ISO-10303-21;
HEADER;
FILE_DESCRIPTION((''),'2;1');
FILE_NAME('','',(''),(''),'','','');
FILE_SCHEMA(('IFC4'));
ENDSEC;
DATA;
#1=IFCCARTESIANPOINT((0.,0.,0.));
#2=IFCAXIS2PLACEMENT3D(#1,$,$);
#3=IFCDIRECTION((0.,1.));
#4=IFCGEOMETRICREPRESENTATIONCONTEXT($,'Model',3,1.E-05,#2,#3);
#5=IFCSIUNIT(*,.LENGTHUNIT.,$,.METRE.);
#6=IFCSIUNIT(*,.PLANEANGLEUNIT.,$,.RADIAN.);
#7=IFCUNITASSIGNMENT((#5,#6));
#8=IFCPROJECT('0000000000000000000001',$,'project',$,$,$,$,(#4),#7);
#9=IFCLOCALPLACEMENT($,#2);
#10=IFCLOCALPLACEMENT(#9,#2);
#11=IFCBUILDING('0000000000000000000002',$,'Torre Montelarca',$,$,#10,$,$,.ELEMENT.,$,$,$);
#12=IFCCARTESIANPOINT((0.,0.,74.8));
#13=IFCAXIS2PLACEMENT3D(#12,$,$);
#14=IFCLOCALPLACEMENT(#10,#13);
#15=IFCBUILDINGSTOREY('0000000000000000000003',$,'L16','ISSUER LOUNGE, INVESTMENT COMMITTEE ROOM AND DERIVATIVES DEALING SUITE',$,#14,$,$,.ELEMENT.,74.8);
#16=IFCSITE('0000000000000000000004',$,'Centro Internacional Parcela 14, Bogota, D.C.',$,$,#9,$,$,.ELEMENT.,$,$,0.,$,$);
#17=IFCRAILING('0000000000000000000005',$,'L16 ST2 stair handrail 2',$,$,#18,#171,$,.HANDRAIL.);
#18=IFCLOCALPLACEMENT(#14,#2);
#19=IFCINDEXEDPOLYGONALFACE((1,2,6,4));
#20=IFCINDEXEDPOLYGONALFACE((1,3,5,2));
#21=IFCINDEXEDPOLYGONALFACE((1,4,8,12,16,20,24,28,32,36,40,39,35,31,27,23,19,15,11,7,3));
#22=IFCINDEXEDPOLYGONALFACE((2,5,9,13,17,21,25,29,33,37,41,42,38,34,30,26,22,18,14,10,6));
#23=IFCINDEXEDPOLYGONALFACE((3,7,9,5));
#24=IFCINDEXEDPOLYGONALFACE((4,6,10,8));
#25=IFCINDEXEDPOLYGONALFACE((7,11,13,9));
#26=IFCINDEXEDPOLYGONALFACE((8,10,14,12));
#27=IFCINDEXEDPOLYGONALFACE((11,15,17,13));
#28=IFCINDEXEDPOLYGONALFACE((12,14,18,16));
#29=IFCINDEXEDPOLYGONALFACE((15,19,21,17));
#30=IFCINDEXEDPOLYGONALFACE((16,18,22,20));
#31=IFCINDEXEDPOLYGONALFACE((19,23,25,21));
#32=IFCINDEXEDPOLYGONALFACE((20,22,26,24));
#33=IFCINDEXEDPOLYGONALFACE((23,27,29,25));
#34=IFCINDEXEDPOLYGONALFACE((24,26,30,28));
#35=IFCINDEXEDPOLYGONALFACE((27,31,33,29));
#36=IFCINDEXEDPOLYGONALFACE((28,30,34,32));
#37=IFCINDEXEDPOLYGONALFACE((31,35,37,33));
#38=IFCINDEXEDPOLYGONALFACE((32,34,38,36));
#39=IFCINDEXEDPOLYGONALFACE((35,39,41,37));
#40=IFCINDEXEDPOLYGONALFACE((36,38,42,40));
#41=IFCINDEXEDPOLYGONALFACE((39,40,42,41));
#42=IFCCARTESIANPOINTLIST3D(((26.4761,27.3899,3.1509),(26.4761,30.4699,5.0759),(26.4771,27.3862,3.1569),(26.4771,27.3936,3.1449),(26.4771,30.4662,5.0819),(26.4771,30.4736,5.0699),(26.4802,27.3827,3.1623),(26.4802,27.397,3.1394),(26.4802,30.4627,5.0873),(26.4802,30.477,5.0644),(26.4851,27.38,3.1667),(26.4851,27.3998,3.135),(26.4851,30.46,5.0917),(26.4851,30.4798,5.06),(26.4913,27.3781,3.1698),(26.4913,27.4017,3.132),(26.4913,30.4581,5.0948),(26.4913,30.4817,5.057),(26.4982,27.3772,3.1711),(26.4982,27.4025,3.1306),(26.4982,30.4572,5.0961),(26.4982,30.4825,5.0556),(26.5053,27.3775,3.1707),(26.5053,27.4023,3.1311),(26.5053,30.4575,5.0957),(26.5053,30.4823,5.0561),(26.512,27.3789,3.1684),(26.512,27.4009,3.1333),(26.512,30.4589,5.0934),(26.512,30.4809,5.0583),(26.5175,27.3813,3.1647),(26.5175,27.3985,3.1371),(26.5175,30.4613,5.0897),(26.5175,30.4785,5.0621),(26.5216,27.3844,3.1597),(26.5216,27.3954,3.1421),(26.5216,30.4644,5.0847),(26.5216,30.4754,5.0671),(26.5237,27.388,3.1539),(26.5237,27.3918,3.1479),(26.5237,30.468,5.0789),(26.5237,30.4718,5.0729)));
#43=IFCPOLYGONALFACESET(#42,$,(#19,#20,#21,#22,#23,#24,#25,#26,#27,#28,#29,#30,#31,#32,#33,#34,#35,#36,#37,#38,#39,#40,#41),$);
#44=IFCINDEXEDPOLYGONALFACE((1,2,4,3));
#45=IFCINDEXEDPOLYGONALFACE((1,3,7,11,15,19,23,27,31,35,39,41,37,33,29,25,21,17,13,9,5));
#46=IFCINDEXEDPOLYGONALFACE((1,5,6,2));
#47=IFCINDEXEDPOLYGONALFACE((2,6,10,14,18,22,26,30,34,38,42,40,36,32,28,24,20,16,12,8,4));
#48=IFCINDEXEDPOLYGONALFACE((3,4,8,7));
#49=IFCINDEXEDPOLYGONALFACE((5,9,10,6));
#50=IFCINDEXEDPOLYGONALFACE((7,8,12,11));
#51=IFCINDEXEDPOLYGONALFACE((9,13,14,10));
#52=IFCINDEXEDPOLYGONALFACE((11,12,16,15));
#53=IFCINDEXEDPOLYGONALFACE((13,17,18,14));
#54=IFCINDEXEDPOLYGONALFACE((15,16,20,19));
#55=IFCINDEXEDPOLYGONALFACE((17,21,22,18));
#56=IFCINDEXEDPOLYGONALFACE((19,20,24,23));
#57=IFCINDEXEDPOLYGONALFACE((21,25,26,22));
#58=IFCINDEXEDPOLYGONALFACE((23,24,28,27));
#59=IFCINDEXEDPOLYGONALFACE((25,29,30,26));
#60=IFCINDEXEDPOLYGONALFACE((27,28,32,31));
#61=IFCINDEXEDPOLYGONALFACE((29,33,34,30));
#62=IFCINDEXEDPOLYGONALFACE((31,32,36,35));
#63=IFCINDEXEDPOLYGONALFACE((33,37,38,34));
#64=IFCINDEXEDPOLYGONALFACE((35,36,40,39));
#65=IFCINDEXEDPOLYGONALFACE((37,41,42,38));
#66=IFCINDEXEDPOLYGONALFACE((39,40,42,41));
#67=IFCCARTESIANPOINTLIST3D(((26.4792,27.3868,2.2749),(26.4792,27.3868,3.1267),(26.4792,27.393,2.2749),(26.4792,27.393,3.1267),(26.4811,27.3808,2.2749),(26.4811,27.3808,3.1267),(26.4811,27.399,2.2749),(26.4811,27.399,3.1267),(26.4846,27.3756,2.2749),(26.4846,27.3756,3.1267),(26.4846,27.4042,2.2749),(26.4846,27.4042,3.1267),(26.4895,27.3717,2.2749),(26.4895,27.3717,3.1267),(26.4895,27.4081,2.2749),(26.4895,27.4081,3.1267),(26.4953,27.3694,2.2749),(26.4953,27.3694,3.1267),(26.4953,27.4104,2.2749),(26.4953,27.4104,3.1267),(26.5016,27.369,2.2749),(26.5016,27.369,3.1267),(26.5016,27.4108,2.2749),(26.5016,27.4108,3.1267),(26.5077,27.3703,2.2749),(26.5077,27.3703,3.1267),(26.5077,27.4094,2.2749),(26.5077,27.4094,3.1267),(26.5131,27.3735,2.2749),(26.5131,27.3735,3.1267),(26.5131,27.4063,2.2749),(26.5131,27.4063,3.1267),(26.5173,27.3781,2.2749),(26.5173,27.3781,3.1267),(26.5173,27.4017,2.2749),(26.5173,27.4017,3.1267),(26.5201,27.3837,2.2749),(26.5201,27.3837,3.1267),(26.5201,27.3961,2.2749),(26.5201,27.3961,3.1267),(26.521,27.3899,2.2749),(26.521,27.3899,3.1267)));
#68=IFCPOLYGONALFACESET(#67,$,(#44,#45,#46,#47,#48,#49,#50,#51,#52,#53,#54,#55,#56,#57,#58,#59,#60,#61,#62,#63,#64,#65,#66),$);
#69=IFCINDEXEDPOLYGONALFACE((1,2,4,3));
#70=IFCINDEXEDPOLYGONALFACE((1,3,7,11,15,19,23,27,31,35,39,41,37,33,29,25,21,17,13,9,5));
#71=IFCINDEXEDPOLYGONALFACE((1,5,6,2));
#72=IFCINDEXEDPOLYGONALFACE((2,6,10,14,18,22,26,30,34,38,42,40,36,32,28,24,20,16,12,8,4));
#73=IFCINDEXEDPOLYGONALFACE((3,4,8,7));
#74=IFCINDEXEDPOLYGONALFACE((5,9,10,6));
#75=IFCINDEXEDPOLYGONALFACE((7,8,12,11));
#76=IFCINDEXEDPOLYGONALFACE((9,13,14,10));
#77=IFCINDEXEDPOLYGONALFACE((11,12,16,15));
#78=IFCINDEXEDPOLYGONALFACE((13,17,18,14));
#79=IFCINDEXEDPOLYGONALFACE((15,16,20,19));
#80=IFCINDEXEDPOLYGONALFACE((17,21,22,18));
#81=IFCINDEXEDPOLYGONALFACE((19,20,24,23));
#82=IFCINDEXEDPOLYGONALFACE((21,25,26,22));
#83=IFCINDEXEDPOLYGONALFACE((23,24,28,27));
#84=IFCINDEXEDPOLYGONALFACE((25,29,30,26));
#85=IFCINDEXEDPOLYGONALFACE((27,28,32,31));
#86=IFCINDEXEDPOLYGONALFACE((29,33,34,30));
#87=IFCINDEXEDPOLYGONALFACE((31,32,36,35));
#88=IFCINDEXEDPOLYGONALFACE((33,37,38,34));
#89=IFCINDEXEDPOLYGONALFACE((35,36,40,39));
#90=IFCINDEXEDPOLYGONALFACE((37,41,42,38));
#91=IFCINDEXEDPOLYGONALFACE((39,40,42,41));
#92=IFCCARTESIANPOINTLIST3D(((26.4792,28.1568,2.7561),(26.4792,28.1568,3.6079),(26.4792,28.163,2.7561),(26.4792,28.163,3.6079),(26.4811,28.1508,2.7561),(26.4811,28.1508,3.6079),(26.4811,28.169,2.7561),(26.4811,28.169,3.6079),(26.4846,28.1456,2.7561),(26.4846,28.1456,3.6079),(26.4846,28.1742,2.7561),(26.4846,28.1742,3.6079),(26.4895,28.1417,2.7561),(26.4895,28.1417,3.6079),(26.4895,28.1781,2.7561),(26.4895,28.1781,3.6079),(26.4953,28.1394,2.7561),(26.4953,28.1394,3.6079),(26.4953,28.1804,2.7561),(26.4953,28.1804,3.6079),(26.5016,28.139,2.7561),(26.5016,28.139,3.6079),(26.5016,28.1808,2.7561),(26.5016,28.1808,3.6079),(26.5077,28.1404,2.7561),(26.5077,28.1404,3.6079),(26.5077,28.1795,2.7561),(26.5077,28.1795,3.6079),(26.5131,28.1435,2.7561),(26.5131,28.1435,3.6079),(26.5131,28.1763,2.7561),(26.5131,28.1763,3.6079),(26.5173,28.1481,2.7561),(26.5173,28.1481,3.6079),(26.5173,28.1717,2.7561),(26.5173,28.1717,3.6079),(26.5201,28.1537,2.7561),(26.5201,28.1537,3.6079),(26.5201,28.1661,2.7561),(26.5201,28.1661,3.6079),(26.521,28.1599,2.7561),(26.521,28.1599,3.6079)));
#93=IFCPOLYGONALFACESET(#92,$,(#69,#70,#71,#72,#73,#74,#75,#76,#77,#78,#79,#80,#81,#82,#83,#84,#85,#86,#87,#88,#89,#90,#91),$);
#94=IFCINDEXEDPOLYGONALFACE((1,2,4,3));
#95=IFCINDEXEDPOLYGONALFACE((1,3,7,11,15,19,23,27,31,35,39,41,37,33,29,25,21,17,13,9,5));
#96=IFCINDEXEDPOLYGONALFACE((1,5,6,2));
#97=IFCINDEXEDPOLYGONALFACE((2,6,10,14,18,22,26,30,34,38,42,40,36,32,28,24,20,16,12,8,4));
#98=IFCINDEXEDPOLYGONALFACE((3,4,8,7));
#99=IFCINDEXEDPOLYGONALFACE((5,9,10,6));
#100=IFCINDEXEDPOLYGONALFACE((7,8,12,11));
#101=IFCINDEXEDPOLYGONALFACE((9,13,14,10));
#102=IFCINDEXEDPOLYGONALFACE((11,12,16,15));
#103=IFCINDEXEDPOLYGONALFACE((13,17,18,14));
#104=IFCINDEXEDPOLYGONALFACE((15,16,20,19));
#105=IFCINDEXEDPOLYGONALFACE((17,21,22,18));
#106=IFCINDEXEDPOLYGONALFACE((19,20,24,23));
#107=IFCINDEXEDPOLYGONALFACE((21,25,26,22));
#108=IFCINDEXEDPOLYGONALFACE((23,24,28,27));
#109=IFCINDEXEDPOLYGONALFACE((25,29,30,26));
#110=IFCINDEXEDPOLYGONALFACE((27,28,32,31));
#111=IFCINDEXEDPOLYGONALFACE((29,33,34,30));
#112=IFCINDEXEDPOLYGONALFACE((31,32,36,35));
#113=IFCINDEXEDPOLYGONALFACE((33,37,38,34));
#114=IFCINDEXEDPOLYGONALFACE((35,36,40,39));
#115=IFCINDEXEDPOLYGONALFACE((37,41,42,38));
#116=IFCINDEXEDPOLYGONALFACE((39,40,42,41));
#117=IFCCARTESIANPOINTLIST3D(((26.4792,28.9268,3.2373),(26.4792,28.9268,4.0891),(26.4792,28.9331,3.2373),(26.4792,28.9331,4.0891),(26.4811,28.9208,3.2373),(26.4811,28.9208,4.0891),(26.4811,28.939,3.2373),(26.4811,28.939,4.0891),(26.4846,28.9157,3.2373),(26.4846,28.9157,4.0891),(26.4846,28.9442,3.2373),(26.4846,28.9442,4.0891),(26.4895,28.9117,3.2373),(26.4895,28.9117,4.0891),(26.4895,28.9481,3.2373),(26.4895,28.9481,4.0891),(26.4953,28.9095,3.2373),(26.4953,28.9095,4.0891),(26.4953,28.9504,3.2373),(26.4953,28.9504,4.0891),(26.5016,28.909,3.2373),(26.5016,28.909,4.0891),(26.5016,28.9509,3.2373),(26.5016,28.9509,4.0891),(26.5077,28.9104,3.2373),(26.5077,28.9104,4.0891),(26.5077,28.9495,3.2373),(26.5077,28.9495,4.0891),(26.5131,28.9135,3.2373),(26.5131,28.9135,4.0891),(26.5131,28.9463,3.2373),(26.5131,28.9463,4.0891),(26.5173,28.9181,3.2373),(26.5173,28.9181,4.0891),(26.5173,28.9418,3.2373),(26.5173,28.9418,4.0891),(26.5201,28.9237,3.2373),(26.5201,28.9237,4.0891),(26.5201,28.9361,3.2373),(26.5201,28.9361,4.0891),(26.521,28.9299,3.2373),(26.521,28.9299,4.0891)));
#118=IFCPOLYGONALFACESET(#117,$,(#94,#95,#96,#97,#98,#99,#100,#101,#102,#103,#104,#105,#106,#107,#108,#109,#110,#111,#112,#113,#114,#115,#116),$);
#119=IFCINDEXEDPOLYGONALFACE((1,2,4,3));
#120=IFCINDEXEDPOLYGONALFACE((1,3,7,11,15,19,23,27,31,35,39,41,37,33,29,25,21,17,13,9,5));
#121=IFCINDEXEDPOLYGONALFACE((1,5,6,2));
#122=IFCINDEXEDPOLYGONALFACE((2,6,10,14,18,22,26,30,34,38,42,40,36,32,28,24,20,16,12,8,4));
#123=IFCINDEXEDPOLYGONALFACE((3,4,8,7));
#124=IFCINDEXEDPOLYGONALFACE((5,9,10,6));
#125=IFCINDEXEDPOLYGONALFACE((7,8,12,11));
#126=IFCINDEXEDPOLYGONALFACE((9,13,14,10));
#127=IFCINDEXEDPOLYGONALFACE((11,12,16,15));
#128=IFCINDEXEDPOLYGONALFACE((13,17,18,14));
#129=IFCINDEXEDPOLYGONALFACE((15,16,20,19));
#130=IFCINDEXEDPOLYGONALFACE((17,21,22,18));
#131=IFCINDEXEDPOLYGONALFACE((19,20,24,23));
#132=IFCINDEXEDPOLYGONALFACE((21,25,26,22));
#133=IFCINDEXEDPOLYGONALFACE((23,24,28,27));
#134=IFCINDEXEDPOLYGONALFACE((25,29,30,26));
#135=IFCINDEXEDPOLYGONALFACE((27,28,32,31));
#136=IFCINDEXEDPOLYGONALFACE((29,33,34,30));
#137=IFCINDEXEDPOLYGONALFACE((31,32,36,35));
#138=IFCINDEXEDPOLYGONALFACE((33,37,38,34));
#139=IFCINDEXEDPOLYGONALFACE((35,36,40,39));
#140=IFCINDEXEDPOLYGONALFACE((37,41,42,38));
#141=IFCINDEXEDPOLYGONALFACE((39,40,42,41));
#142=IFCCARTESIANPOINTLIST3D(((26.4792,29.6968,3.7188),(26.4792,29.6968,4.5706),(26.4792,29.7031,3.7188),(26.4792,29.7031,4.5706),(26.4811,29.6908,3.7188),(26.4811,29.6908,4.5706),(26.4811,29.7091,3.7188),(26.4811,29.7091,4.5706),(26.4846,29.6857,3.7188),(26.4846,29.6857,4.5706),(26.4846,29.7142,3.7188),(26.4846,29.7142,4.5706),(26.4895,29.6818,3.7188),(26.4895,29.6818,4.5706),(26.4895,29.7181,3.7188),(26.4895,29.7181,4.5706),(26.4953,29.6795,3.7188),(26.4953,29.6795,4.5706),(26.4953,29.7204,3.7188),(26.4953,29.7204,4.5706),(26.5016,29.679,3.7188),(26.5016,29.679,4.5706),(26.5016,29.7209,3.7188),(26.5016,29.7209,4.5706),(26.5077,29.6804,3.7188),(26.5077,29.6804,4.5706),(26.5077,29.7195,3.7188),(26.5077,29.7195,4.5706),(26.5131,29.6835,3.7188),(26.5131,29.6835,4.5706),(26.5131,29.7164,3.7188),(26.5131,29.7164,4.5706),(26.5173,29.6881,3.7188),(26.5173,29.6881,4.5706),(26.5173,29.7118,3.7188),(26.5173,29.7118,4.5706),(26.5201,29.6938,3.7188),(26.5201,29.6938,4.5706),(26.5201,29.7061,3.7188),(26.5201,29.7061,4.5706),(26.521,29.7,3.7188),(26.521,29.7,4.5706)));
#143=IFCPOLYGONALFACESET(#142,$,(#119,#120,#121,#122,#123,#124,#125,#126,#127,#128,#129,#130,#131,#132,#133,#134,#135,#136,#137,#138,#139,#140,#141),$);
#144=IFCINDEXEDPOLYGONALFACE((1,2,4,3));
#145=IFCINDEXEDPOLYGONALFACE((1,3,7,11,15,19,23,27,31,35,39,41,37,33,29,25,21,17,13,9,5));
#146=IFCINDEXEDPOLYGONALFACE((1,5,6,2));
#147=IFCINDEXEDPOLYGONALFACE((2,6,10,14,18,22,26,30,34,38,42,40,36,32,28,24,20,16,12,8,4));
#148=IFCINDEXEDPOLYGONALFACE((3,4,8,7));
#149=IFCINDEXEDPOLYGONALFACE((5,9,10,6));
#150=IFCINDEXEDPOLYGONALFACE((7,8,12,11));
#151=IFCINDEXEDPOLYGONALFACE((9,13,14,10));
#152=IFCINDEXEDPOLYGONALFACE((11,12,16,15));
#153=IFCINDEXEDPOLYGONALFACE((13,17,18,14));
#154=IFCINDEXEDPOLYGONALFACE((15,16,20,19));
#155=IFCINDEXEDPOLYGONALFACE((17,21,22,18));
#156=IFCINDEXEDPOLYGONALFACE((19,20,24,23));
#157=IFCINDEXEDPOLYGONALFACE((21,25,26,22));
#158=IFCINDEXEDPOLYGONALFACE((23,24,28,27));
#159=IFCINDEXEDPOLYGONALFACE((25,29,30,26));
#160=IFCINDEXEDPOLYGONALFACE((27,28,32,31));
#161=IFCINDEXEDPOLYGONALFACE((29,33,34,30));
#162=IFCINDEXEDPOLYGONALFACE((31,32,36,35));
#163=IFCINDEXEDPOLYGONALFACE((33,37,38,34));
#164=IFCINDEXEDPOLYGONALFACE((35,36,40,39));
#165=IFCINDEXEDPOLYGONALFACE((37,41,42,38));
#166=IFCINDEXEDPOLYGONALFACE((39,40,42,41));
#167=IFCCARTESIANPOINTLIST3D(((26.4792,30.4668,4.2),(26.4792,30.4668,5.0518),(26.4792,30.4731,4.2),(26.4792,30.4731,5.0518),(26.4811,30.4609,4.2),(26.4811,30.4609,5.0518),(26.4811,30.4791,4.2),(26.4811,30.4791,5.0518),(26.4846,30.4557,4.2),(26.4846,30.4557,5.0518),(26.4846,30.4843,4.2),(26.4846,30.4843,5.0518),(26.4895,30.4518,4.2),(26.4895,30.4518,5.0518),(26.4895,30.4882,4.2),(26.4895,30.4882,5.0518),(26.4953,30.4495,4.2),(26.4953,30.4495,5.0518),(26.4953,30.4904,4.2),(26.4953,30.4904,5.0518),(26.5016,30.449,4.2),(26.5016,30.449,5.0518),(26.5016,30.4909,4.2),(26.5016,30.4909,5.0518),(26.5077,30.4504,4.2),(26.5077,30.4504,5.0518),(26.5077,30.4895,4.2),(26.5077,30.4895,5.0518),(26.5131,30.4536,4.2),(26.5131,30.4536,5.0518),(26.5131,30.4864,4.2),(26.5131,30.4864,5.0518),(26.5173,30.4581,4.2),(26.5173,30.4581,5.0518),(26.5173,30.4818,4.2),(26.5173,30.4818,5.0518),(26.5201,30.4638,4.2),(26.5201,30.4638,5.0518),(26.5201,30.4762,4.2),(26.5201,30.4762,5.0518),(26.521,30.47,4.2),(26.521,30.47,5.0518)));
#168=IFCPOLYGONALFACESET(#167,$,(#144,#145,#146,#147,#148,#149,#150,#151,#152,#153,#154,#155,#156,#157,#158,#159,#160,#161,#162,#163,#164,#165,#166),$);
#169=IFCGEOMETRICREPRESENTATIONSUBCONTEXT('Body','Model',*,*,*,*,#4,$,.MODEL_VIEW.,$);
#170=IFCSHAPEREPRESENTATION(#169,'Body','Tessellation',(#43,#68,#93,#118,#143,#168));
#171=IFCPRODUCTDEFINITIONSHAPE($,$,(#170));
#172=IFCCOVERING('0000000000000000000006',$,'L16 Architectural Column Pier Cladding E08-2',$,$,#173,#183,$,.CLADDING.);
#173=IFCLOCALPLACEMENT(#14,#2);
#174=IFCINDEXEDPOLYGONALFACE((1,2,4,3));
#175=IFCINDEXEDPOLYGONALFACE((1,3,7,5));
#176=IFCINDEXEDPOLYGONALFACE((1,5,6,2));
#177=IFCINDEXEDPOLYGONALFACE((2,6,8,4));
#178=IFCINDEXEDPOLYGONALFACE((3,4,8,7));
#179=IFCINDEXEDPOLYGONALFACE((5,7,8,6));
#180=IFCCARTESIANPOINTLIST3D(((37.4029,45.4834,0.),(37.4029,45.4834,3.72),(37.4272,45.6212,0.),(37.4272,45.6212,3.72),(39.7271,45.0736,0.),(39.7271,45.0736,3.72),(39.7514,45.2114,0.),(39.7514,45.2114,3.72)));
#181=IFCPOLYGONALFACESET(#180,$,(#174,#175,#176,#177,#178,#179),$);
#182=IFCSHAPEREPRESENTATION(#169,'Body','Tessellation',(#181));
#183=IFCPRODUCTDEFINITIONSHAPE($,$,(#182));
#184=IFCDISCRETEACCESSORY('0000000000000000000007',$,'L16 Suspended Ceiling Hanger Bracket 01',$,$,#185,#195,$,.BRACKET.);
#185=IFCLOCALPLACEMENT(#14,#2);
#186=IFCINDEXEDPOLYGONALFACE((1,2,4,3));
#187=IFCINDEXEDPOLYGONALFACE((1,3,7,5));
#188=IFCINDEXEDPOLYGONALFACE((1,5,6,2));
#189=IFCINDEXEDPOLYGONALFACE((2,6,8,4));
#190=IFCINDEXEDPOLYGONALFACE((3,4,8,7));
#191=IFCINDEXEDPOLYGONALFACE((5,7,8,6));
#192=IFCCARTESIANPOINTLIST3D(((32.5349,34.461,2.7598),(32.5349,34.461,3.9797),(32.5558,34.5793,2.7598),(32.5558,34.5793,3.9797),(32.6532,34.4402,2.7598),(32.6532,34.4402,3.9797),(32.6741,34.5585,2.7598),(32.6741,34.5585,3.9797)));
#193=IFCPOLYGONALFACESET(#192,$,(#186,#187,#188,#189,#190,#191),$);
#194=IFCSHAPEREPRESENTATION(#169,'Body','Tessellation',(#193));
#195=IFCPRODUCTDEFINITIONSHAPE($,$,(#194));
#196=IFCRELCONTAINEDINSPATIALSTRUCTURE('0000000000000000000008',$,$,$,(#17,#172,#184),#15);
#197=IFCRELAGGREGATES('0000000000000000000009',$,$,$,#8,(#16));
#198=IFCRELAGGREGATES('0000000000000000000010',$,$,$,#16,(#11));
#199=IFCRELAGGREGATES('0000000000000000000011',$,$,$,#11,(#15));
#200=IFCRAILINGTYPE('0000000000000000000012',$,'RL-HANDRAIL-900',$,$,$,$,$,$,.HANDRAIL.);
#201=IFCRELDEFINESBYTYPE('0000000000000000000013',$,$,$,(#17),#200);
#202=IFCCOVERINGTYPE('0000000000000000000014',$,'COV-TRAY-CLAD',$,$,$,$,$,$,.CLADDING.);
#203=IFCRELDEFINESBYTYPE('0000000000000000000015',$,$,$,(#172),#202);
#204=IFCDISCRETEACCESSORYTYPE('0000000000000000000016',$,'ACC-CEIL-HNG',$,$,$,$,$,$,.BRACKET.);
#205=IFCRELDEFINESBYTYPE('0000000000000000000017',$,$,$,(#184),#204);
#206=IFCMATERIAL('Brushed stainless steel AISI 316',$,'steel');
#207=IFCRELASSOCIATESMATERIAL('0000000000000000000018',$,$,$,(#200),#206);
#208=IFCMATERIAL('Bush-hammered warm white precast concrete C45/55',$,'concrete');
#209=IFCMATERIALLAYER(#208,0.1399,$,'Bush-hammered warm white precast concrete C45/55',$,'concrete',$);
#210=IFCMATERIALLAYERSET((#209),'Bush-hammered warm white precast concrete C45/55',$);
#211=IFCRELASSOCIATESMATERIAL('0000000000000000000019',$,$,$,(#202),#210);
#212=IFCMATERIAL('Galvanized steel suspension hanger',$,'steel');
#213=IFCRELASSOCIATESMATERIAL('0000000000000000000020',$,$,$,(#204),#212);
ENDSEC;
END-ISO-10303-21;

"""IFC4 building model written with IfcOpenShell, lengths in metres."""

from ifc_helpers import new_model, si_unit, direction, frame, origin, origin_2d, place, context, subcontext, project, spatial, rectangle, circle, extrude, source, transform, mapped, material, layer, layer_set, type_object, element, save


model = new_model("IFC4")

# Units and contexts
model_context = context("Model", 3, precision=1e-05, world=origin(), true_north=direction((0.0, 1.0)))
body_context = subcontext(model_context, "Body", "Model", "MODEL_VIEW")
ifc_project = project(units=[si_unit("LENGTHUNIT", "METRE"), si_unit("PLANEANGLEUNIT", "RADIAN")], contexts=[model_context])

# Site, building, storey
site_placement = place(None, origin())
site = spatial("IfcSite", under=ifc_project, at=site_placement, Name="Centro Internacional Parcela 14, Bogota, D.C.", CompositionType="ELEMENT", RefElevation=0.0)
building_placement = place(site_placement, origin())
building = spatial("IfcBuilding", under=site, at=building_placement, Name="Torre Montelarca", CompositionType="ELEMENT")
storey_placement = place(building_placement, frame((0.0, 0.0, 74.8)))
storey = spatial("IfcBuildingStorey", under=building, at=storey_placement, Name="L16", Description="ISSUER LOUNGE, INVESTMENT COMMITTEE ROOM AND DERIVATIVES DEALING SUITE", CompositionType="ELEMENT", Elevation=74.8)

# Railing
ifc_material_1 = material(Name="Brushed stainless steel AISI 316", Category="steel")
railing_type_1 = type_object("IfcRailingType", Name="RL-HANDRAIL-900", PredefinedType="HANDRAIL", material=ifc_material_1)
railing_1_placement = place(storey_placement, frame((26.5, 27.3899, 2.2749)))
element("IfcRailing", 1, at=railing_1_placement, inside=storey, type_object=railing_type_1, Name="L16 ST2 stair handrail 2", PredefinedType="HANDRAIL", context=body_context, shape_type="SweptSolid", body=[
    extrude(circle(Radius=0.0239, at=origin_2d()), frame((0.0, 0.0, 0.876), z_axis=(0.0, 0.847998, 0.529999), x_axis=(-1.0, 0.0, 0.0)), (0.0, 0.0, 1.0), 3.6321),
    extrude(circle(Radius=0.021, at=origin_2d()), origin(), (0.0, 0.0, 1.0), 0.8518),
    extrude(circle(Radius=0.021, at=origin_2d()), frame((0.0, 0.77, 0.4812)), (0.0, 0.0, 1.0), 0.8518),
    extrude(circle(Radius=0.021, at=origin_2d()), frame((0.0, 1.54, 0.9624)), (0.0, 0.0, 1.0), 0.8518),
    extrude(circle(Radius=0.021, at=origin_2d()), frame((0.0, 2.3101, 1.4438)), (0.0, 0.0, 1.0), 0.8518),
    extrude(circle(Radius=0.021, at=origin_2d()), frame((0.0, 3.0801, 1.925)), (0.0, 0.0, 1.0), 0.8518),
])

# Covering
ifc_material_2 = material(Name="Bush-hammered warm white precast concrete C45/55", Category="concrete")
ifc_layer_1 = layer(ifc_material_2, 0.1399, Name="Bush-hammered warm white precast concrete C45/55", Category="concrete")
ifc_layer_set_1 = layer_set([ifc_layer_1], Name="Bush-hammered warm white precast concrete C45/55")
covering_type = type_object("IfcCoveringType", Name="COV-TRAY-CLAD", PredefinedType="CLADDING", material=ifc_layer_set_1)
shared_shape_1 = source(origin(), body_context, "Body", "SweptSolid", [
    extrude(rectangle(XDim=2.3601, YDim=0.1399, at=origin_2d()), origin(), (0.0, 0.0, 1.0), 3.72),
])
covering_placement = place(storey_placement, frame((38.5771, 45.3474, 0.0), z_axis=(0.0, 0.0, 1.0), x_axis=(-0.984808, 0.173646, 0.0)))
element("IfcCovering", 2, at=covering_placement, inside=storey, type_object=covering_type, Name="L16 Architectural Column Pier Cladding E08-2", PredefinedType="CLADDING", context=body_context, shape_type="MappedRepresentation", body=[
    mapped(shared_shape_1, transform((0.0, 0.0, 0.0), scale=1.0)),
])

# Discrete accessory
ifc_material_3 = material(Name="Galvanized steel suspension hanger", Category="steel")
discrete_accessory_type = type_object("IfcDiscreteAccessoryType", Name="ACC-CEIL-HNG", PredefinedType="BRACKET", material=ifc_material_3)
shared_shape_2 = source(origin(), body_context, "Body", "SweptSolid", [
    extrude(rectangle(XDim=0.1201, YDim=0.1201, at=origin_2d()), origin(), (0.0, 0.0, 1.0), 1.22),
])
discrete_accessory_placement = place(storey_placement, frame((32.6045, 34.5098, 2.7598), z_axis=(0.0, 0.0, 1.0), x_axis=(-0.984808, 0.173648, 0.0)))
element("IfcDiscreteAccessory", 3, at=discrete_accessory_placement, inside=storey, type_object=discrete_accessory_type, Name="L16 Suspended Ceiling Hanger Bracket 01", PredefinedType="BRACKET", context=body_context, shape_type="MappedRepresentation", body=[
    mapped(shared_shape_2, transform((0.0, 0.0, 0.0), scale=1.0)),
])

save(model, "model.ifc")
